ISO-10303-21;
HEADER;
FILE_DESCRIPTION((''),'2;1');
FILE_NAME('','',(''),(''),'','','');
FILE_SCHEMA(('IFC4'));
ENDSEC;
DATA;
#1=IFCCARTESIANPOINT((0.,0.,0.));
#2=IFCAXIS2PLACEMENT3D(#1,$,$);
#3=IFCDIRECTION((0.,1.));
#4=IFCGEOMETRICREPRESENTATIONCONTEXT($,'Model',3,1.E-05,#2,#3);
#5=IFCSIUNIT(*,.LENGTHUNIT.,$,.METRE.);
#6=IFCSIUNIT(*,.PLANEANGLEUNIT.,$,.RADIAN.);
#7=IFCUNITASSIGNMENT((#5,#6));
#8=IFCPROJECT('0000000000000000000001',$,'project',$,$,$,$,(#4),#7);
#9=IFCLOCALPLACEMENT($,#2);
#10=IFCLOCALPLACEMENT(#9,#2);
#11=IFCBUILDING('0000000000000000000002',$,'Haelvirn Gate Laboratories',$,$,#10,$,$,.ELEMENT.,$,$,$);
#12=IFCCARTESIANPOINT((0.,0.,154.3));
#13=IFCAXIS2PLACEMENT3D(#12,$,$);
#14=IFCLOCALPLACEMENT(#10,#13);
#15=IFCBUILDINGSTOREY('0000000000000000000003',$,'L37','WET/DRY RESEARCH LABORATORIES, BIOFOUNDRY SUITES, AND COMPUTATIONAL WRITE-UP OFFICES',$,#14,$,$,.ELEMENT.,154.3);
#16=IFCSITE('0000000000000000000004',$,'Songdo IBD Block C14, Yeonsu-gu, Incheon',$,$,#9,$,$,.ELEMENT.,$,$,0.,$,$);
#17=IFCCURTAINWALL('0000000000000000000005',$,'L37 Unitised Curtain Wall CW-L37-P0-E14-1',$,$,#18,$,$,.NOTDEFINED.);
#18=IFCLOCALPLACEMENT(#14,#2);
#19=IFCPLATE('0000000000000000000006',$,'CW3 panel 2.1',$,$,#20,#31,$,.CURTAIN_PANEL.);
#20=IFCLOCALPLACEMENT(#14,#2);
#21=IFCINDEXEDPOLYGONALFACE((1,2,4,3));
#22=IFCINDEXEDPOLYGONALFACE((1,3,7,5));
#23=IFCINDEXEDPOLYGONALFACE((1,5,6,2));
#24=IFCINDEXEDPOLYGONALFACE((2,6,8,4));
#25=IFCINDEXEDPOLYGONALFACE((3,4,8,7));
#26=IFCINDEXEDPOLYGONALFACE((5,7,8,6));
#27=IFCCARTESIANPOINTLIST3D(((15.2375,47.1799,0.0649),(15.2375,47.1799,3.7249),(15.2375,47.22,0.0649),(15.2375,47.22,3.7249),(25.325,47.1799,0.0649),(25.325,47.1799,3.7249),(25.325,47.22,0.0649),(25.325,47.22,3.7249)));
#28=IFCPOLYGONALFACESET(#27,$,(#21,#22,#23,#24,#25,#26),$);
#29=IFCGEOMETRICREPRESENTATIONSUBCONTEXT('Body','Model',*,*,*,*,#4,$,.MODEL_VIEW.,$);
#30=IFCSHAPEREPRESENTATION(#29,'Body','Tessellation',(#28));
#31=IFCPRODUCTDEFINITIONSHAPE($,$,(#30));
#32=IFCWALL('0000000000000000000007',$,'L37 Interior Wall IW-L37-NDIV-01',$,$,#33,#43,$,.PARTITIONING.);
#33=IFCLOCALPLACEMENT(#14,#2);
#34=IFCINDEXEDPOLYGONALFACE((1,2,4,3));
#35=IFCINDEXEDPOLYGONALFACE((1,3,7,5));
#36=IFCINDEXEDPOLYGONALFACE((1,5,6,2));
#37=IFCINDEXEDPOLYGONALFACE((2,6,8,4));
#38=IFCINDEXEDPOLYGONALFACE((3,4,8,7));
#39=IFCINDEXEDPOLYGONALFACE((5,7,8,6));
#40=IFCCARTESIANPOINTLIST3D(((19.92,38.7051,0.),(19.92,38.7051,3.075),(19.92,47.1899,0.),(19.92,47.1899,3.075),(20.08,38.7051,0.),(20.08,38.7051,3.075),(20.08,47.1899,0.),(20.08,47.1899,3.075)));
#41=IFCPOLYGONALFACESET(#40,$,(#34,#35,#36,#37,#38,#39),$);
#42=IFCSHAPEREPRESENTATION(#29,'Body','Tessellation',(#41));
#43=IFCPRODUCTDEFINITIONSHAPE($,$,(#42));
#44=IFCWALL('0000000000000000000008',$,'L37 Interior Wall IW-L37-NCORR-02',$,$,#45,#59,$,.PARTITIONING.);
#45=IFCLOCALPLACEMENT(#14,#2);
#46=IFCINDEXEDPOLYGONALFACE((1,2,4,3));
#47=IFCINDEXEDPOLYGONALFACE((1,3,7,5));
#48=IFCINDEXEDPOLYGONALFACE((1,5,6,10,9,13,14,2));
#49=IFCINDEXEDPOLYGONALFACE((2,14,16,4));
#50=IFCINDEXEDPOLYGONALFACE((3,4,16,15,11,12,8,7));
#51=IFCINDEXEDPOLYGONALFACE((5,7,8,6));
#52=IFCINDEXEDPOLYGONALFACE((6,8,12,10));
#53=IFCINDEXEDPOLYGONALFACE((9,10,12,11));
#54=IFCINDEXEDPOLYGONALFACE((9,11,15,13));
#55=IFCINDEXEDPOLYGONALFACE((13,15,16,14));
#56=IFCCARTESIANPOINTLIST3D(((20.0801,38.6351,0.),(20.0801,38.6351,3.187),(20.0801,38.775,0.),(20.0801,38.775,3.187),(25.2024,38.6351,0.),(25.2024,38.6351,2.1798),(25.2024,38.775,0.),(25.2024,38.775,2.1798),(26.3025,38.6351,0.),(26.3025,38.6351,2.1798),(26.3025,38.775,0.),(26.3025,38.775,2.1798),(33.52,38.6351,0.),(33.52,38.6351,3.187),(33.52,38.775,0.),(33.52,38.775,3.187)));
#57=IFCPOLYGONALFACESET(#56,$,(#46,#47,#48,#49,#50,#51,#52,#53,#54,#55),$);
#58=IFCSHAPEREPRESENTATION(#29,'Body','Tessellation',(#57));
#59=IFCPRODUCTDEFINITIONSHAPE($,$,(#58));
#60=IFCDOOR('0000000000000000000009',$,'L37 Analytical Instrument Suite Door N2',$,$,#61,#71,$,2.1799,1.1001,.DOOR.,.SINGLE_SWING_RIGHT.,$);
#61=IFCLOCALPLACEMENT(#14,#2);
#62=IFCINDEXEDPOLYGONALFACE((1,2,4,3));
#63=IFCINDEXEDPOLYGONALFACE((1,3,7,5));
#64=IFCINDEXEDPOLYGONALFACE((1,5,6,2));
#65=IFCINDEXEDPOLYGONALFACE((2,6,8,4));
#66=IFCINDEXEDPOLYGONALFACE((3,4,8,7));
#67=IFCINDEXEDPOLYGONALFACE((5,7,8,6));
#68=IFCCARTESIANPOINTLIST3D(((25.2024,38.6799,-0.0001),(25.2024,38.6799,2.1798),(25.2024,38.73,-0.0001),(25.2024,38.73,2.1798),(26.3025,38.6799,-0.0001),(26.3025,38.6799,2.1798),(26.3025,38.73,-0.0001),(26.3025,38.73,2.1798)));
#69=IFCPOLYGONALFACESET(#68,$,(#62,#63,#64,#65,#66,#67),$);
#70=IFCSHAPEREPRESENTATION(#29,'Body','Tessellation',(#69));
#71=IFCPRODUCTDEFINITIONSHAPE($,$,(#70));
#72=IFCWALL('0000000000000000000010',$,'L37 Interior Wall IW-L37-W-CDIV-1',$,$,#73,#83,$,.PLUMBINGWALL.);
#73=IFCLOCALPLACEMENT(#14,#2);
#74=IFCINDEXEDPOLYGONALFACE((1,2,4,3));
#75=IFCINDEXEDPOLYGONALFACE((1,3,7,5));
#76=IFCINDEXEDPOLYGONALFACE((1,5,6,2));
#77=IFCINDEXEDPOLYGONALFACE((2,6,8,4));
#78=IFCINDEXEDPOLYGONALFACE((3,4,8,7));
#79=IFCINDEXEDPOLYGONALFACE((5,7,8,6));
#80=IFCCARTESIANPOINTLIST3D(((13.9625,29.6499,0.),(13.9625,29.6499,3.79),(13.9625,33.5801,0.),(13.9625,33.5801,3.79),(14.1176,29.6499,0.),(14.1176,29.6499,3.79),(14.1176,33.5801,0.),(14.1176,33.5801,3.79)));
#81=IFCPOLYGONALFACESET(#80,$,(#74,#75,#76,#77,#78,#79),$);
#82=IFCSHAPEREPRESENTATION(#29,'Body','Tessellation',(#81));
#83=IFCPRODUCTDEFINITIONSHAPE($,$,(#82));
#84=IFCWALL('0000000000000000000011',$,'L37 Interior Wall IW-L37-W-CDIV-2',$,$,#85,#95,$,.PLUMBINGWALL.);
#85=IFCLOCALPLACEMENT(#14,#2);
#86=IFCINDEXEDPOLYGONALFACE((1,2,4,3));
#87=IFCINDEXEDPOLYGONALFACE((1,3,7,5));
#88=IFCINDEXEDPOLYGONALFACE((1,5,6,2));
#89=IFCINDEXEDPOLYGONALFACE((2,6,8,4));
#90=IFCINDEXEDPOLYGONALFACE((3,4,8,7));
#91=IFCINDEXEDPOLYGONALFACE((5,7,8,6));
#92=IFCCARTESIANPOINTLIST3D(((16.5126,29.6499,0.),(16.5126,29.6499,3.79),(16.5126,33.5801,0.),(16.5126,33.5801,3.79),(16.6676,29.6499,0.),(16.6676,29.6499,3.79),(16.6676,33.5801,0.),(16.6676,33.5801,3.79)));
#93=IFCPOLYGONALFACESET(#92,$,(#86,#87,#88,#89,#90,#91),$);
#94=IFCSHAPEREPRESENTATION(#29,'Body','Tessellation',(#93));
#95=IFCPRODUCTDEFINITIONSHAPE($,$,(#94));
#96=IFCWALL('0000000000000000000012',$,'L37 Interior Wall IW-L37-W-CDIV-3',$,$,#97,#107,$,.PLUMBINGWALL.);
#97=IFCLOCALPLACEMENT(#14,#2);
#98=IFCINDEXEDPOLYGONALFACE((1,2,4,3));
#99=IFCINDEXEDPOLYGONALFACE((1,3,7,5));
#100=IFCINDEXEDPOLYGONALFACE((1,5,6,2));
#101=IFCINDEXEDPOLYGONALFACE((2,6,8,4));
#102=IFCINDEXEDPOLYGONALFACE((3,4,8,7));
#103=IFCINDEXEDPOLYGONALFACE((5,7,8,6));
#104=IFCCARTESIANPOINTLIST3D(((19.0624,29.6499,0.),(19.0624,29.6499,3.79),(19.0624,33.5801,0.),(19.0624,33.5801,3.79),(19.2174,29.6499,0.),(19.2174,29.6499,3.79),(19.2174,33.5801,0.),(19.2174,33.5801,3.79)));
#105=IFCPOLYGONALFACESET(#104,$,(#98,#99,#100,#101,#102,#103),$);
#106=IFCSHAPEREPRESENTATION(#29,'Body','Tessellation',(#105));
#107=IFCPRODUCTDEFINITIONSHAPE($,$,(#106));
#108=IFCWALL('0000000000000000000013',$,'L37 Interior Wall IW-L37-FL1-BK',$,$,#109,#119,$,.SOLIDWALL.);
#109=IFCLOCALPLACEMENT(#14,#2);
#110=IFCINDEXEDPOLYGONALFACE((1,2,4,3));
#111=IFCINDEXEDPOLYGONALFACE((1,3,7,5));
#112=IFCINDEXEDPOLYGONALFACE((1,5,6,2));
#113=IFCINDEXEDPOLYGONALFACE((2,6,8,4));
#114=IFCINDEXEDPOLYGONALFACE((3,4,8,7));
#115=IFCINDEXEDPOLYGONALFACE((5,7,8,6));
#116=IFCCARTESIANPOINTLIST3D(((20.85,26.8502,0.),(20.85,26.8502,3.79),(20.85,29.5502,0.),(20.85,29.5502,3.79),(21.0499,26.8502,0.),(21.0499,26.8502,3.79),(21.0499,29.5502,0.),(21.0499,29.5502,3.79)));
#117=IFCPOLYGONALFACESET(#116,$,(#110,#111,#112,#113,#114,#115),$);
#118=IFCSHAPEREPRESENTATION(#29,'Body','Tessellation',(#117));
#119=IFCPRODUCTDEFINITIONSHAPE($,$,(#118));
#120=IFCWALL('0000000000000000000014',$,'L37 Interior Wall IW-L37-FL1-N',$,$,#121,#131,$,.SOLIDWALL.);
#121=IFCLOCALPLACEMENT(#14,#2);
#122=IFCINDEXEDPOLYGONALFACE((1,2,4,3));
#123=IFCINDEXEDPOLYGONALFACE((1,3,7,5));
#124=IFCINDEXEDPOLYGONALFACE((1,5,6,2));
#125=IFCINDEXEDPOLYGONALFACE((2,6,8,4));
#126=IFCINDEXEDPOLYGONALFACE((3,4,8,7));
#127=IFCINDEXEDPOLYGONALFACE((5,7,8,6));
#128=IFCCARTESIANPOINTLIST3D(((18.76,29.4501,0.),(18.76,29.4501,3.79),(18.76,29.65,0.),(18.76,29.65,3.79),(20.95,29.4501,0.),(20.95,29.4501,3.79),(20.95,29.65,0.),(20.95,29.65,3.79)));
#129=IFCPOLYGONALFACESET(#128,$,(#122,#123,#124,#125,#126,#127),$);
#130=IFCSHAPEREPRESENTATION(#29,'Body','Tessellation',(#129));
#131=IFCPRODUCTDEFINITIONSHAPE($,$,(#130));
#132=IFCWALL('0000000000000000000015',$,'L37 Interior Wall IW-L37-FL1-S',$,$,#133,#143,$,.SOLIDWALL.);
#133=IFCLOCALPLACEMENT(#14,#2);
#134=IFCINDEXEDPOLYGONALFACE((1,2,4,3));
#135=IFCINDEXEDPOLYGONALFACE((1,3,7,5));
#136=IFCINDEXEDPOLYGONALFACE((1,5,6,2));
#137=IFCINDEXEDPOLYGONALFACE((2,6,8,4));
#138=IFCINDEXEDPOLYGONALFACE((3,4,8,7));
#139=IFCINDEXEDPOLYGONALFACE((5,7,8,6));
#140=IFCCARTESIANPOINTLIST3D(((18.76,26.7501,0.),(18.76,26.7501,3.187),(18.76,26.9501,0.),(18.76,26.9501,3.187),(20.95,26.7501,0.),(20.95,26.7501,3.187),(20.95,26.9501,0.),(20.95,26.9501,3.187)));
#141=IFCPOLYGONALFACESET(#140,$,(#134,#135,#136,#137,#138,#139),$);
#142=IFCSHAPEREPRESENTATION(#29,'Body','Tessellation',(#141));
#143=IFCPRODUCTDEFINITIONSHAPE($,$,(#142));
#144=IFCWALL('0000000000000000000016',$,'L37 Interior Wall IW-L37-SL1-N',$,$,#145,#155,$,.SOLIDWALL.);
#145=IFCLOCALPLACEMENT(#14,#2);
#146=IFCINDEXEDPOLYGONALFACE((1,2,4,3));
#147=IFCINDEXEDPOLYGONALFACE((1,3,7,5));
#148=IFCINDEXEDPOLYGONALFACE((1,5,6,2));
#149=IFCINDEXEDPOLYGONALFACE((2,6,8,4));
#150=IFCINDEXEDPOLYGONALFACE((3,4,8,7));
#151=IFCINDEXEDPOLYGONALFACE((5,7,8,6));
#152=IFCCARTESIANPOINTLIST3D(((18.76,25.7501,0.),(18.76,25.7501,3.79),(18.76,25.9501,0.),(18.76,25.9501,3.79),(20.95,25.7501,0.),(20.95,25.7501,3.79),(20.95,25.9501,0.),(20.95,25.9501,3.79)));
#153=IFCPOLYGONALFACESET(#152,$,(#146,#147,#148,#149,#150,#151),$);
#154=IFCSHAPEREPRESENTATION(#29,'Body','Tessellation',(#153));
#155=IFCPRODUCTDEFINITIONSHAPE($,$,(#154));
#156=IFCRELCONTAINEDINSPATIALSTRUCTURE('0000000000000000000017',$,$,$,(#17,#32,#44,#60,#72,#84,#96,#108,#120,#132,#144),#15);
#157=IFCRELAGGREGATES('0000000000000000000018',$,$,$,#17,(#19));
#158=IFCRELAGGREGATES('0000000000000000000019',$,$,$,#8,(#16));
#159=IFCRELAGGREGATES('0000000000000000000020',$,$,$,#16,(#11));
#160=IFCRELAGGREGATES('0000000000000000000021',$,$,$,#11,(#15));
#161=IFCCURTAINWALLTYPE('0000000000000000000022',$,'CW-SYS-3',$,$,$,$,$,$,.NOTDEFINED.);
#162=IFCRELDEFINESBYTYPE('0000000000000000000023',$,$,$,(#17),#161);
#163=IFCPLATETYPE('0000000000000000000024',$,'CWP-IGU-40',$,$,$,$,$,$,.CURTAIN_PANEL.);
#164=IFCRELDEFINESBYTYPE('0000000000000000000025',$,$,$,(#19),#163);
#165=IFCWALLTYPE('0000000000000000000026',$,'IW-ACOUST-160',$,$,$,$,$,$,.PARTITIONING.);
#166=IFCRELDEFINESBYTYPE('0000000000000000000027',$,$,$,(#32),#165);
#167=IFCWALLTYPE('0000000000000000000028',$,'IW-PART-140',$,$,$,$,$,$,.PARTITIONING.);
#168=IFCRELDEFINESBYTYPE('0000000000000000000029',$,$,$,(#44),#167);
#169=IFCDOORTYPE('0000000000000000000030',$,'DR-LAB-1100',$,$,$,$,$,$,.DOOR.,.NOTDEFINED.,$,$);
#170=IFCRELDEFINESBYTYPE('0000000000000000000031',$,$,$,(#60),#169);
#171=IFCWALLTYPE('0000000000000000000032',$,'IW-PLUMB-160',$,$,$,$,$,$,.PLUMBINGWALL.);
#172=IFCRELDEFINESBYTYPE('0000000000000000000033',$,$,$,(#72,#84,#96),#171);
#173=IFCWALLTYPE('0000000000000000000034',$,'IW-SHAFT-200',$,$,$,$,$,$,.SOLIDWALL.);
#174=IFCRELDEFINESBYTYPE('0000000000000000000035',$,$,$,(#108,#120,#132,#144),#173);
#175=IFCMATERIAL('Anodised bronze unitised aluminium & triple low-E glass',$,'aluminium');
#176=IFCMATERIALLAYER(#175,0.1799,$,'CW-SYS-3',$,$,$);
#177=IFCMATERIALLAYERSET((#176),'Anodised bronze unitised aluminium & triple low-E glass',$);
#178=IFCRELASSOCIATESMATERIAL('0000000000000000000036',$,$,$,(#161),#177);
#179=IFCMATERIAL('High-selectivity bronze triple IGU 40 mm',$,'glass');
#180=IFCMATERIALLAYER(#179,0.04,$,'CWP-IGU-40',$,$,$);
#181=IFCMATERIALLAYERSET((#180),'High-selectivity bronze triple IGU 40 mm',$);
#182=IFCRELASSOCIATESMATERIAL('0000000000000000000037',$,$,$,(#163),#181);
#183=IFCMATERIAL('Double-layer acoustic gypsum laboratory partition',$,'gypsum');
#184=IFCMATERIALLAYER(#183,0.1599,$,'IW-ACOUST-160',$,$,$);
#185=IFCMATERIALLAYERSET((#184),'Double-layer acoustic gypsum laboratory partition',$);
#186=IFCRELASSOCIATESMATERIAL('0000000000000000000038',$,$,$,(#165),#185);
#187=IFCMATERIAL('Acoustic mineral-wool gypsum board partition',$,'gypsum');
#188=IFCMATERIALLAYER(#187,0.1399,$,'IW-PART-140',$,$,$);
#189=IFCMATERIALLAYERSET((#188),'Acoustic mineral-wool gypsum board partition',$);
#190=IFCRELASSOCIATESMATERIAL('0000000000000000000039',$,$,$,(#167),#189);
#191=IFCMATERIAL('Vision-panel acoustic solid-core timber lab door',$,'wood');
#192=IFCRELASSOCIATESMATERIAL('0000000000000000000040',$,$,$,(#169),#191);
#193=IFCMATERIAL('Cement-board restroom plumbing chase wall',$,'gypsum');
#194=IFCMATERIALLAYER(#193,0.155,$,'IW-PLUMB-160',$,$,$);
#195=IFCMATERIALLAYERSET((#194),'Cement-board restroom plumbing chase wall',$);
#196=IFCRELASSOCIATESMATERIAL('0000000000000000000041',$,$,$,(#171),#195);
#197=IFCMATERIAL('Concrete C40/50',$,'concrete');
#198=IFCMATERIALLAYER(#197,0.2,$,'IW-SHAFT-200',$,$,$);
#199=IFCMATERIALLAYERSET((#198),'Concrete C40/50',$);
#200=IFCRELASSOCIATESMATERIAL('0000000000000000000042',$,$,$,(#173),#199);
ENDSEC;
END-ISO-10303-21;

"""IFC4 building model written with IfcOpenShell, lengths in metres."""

from ifc_helpers import new_model, si_unit, direction, frame, frame_2d, origin, origin_2d, place, context, subcontext, project, spatial, rectangle, extrude, source, transform, mapped, material, layer, layer_set, type_object, type_shapes, element, fill, aggregate, save


model = new_model("IFC4")

# Units and contexts
model_context = context("Model", 3, precision=1e-05, world=origin(), true_north=direction((0.0, 1.0)))
body_context = subcontext(model_context, "Body", "Model", "MODEL_VIEW")
ifc_project = project(units=[si_unit("LENGTHUNIT", "METRE"), si_unit("PLANEANGLEUNIT", "RADIAN")], contexts=[model_context])

# Site, building, storey
site_placement = place(None, origin())
site = spatial("IfcSite", under=ifc_project, at=site_placement, Name="Songdo IBD Block C14, Yeonsu-gu, Incheon", CompositionType="ELEMENT", RefElevation=0.0)
building_placement = place(site_placement, origin())
building = spatial("IfcBuilding", under=site, at=building_placement, Name="Haelvirn Gate Laboratories", CompositionType="ELEMENT")
storey_placement = place(building_placement, frame((0.0, 0.0, 154.3)))
storey = spatial("IfcBuildingStorey", under=building, at=storey_placement, Name="L37", Description="WET/DRY RESEARCH LABORATORIES, BIOFOUNDRY SUITES, AND COMPUTATIONAL WRITE-UP OFFICES", CompositionType="ELEMENT", Elevation=154.3)

# Curtain wall, plate
ifc_material_1 = material(Name="Anodised bronze unitised aluminium & triple low-E glass", Category="aluminium")
ifc_layer_1 = layer(ifc_material_1, 0.1799, Name="CW-SYS-3")
ifc_layer_set_1 = layer_set([ifc_layer_1], Name="Anodised bronze unitised aluminium & triple low-E glass")
curtain_wall_type = type_object("IfcCurtainWallType", Name="CW-SYS-3", PredefinedType="NOTDEFINED", material=ifc_layer_set_1)
curtain_wall_placement = place(storey_placement, origin())
curtain_wall = element("IfcCurtainWall", 1, at=curtain_wall_placement, inside=storey, type_object=curtain_wall_type, Name="L37 Unitised Curtain Wall CW-L37-P0-E14-1", PredefinedType="NOTDEFINED")
ifc_material_2 = material(Name="High-selectivity bronze triple IGU 40 mm", Category="glass")
ifc_layer_2 = layer(ifc_material_2, 0.04, Name="CWP-IGU-40")
ifc_layer_set_2 = layer_set([ifc_layer_2], Name="High-selectivity bronze triple IGU 40 mm")
plate_type = type_object("IfcPlateType", Name="CWP-IGU-40", PredefinedType="CURTAIN_PANEL", material=ifc_layer_set_2)
shared_shape_1 = source(origin(), body_context, "Body", "SweptSolid", [
    extrude(rectangle(XDim=10.0874, YDim=0.04, at=origin_2d()), origin(), (0.0, 0.0, 1.0), 3.6599),
])
type_shapes(plate_type, [shared_shape_1])
plate_placement = place(storey_placement, frame((20.2812, 47.2, 0.0649), z_axis=(0.0, 0.0, 1.0), x_axis=(1.0, 0.0, 0.0)))
plate = element("IfcPlate", 2, at=plate_placement, type_object=plate_type, Name="CW3 panel 2.1", PredefinedType="CURTAIN_PANEL", context=body_context, shape_type="MappedRepresentation", body=[
    mapped(shared_shape_1, transform((0.0, 0.0, 0.0), scale=1.0)),
])
aggregate(curtain_wall, [plate])

# Wall
ifc_material_3 = material(Name="Double-layer acoustic gypsum laboratory partition", Category="gypsum")
ifc_layer_3 = layer(ifc_material_3, 0.1599, Name="IW-ACOUST-160")
ifc_layer_set_3 = layer_set([ifc_layer_3], Name="Double-layer acoustic gypsum laboratory partition")
wall_type_1 = type_object("IfcWallType", Name="IW-ACOUST-160", PredefinedType="PARTITIONING", material=ifc_layer_set_3)
wall_1_placement = place(storey_placement, frame((20.0, 38.7051, 0.0), z_axis=(0.0, 0.0, 1.0), x_axis=(0.0, 1.0, 0.0)))
element("IfcWall", 3, at=wall_1_placement, inside=storey, type_object=wall_type_1, Name="L37 Interior Wall IW-L37-NDIV-01", PredefinedType="PARTITIONING", context=body_context, shape_type="SweptSolid", body=[
    extrude(rectangle(XDim=8.4849, YDim=0.1599, at=frame_2d((4.2424, 0.0))), origin(), (0.0, 0.0, 1.0), 3.075),
])

# Wall, opening, door
ifc_material_4 = material(Name="Acoustic mineral-wool gypsum board partition", Category="gypsum")
ifc_layer_4 = layer(ifc_material_4, 0.1399, Name="IW-PART-140")
ifc_layer_set_4 = layer_set([ifc_layer_4], Name="Acoustic mineral-wool gypsum board partition")
wall_type_2 = type_object("IfcWallType", Name="IW-PART-140", PredefinedType="PARTITIONING", material=ifc_layer_set_4)
wall_2_placement = place(storey_placement, frame((20.0801, 38.7051, 0.0), z_axis=(0.0, 0.0, 1.0), x_axis=(1.0, 0.0, 0.0)))
wall_2 = element("IfcWall", 4, at=wall_2_placement, inside=storey, type_object=wall_type_2, Name="L37 Interior Wall IW-L37-NCORR-02", PredefinedType="PARTITIONING", context=body_context, shape_type="SweptSolid", body=[
    extrude(rectangle(XDim=13.4399, YDim=0.1399, at=frame_2d((6.72, 0.0))), origin(), (0.0, 0.0, 1.0), 3.187),
])
opening_1_placement = place(wall_2_placement, frame((5.1223, 0.0, 0.0)))
opening_1 = element("IfcOpeningElement", 5, at=opening_1_placement, cuts=wall_2, PredefinedType="OPENING", context=body_context, shape_type="SweptSolid", body=[
    extrude(rectangle(XDim=1.1001, YDim=2.1799, at=frame_2d((0.55, 1.0898))), frame((0.0, 0.0801, 0.0), z_axis=(0.0, -1.0, 0.0), x_axis=(1.0, 0.0, 0.0)), (0.0, 0.0, 1.0), 0.1599),
])
ifc_material_5 = material(Name="Vision-panel acoustic solid-core timber lab door", Category="wood")
door_type_1 = type_object("IfcDoorType", Name="DR-LAB-1100", OperationType="NOTDEFINED", PredefinedType="DOOR", material=ifc_material_5)
shared_shape_2 = source(origin(), body_context, "Body", "SweptSolid", [
    extrude(rectangle(XDim=1.1001, YDim=2.1799, at=frame_2d((0.55, 1.0898))), frame((0.0, 0.0249, 0.0), z_axis=(0.0, -1.0, 0.0), x_axis=(1.0, 0.0, 0.0)), (0.0, 0.0, 1.0), 0.05),
])
type_shapes(door_type_1, [shared_shape_2])
door_1_placement = place(opening_1_placement, origin())
door_1 = element("IfcDoor", 6, at=door_1_placement, inside=storey, type_object=door_type_1, Name="L37 Analytical Instrument Suite Door N2", OperationType="SINGLE_SWING_RIGHT", OverallHeight=2.1799, OverallWidth=1.1001, PredefinedType="DOOR", context=body_context, shape_type="MappedRepresentation", body=[
    mapped(shared_shape_2, transform((0.0, 0.0, 0.0), scale=1.0)),
])
fill(opening_1, door_1)

# Walls
ifc_material_6 = material(Name="Cement-board restroom plumbing chase wall", Category="gypsum")
ifc_layer_5 = layer(ifc_material_6, 0.155, Name="IW-PLUMB-160")
ifc_layer_set_5 = layer_set([ifc_layer_5], Name="Cement-board restroom plumbing chase wall")
wall_type_3 = type_object("IfcWallType", Name="IW-PLUMB-160", PredefinedType="PLUMBINGWALL", material=ifc_layer_set_5)
for number, where, z_axis, x_axis, name in (
    (7, (14.04, 29.6499, 0.0), (0.0, 0.0, 1.0), (0.0, 1.0, 0.0), "L37 Interior Wall IW-L37-W-CDIV-1"),
    (8, (16.5901, 29.6499, 0.0), (0.0, 0.0, 1.0), (0.0, 1.0, 0.0), "L37 Interior Wall IW-L37-W-CDIV-2"),
    (9, (19.1399, 29.6499, 0.0), (0.0, 0.0, 1.0), (0.0, 1.0, 0.0), "L37 Interior Wall IW-L37-W-CDIV-3"),
):
    element("IfcWall", number, at=place(storey_placement, frame(where, z_axis=z_axis, x_axis=x_axis)), inside=storey, type_object=wall_type_3, Name=name, PredefinedType="PLUMBINGWALL", context=body_context, shape_type="SweptSolid", body=[
        extrude(rectangle(XDim=3.9302, YDim=0.155, at=frame_2d((1.9651, 0.0))), origin(), (0.0, 0.0, 1.0), 3.79),
    ])
ifc_material_7 = material(Name="Concrete C40/50", Category="concrete")
ifc_layer_6 = layer(ifc_material_7, 0.2, Name="IW-SHAFT-200")
ifc_layer_set_6 = layer_set([ifc_layer_6], Name="Concrete C40/50")
wall_type_4 = type_object("IfcWallType", Name="IW-SHAFT-200", PredefinedType="SOLIDWALL", material=ifc_layer_set_6)
wall_3_placement = place(storey_placement, frame((20.95, 26.8501, 0.0), z_axis=(0.0, 0.0, 1.0), x_axis=(0.0, 1.0, 0.0)))
element("IfcWall", 10, at=wall_3_placement, inside=storey, type_object=wall_type_4, Name="L37 Interior Wall IW-L37-FL1-BK", PredefinedType="SOLIDWALL", context=body_context, shape_type="SweptSolid", body=[
    extrude(rectangle(XDim=2.7, YDim=0.2, at=frame_2d((1.3501, 0.0))), origin(), (0.0, 0.0, 1.0), 3.79),
])
wall_4_placement = place(storey_placement, frame((18.76, 29.55, 0.0), z_axis=(0.0, 0.0, 1.0), x_axis=(1.0, 0.0, 0.0)))
element("IfcWall", 11, at=wall_4_placement, inside=storey, type_object=wall_type_4, Name="L37 Interior Wall IW-L37-FL1-N", PredefinedType="SOLIDWALL", context=body_context, shape_type="SweptSolid", body=[
    extrude(rectangle(XDim=2.1899, YDim=0.2, at=frame_2d((1.095, 0.0))), origin(), (0.0, 0.0, 1.0), 3.79),
])
wall_5_placement = place(storey_placement, frame((18.76, 26.8501, 0.0), z_axis=(0.0, 0.0, 1.0), x_axis=(1.0, 0.0, 0.0)))
element("IfcWall", 12, at=wall_5_placement, inside=storey, type_object=wall_type_4, Name="L37 Interior Wall IW-L37-FL1-S", PredefinedType="SOLIDWALL", context=body_context, shape_type="SweptSolid", body=[
    extrude(rectangle(XDim=2.1899, YDim=0.2, at=frame_2d((1.095, 0.0))), origin(), (0.0, 0.0, 1.0), 3.187),
])
wall_6_placement = place(storey_placement, frame((18.76, 25.8501, 0.0), z_axis=(0.0, 0.0, 1.0), x_axis=(1.0, 0.0, 0.0)))
element("IfcWall", 13, at=wall_6_placement, inside=storey, type_object=wall_type_4, Name="L37 Interior Wall IW-L37-SL1-N", PredefinedType="SOLIDWALL", context=body_context, shape_type="SweptSolid", body=[
    extrude(rectangle(XDim=2.1899, YDim=0.2, at=frame_2d((1.095, 0.0))), origin(), (0.0, 0.0, 1.0), 3.79),
])

save(model, "model.ifc")
